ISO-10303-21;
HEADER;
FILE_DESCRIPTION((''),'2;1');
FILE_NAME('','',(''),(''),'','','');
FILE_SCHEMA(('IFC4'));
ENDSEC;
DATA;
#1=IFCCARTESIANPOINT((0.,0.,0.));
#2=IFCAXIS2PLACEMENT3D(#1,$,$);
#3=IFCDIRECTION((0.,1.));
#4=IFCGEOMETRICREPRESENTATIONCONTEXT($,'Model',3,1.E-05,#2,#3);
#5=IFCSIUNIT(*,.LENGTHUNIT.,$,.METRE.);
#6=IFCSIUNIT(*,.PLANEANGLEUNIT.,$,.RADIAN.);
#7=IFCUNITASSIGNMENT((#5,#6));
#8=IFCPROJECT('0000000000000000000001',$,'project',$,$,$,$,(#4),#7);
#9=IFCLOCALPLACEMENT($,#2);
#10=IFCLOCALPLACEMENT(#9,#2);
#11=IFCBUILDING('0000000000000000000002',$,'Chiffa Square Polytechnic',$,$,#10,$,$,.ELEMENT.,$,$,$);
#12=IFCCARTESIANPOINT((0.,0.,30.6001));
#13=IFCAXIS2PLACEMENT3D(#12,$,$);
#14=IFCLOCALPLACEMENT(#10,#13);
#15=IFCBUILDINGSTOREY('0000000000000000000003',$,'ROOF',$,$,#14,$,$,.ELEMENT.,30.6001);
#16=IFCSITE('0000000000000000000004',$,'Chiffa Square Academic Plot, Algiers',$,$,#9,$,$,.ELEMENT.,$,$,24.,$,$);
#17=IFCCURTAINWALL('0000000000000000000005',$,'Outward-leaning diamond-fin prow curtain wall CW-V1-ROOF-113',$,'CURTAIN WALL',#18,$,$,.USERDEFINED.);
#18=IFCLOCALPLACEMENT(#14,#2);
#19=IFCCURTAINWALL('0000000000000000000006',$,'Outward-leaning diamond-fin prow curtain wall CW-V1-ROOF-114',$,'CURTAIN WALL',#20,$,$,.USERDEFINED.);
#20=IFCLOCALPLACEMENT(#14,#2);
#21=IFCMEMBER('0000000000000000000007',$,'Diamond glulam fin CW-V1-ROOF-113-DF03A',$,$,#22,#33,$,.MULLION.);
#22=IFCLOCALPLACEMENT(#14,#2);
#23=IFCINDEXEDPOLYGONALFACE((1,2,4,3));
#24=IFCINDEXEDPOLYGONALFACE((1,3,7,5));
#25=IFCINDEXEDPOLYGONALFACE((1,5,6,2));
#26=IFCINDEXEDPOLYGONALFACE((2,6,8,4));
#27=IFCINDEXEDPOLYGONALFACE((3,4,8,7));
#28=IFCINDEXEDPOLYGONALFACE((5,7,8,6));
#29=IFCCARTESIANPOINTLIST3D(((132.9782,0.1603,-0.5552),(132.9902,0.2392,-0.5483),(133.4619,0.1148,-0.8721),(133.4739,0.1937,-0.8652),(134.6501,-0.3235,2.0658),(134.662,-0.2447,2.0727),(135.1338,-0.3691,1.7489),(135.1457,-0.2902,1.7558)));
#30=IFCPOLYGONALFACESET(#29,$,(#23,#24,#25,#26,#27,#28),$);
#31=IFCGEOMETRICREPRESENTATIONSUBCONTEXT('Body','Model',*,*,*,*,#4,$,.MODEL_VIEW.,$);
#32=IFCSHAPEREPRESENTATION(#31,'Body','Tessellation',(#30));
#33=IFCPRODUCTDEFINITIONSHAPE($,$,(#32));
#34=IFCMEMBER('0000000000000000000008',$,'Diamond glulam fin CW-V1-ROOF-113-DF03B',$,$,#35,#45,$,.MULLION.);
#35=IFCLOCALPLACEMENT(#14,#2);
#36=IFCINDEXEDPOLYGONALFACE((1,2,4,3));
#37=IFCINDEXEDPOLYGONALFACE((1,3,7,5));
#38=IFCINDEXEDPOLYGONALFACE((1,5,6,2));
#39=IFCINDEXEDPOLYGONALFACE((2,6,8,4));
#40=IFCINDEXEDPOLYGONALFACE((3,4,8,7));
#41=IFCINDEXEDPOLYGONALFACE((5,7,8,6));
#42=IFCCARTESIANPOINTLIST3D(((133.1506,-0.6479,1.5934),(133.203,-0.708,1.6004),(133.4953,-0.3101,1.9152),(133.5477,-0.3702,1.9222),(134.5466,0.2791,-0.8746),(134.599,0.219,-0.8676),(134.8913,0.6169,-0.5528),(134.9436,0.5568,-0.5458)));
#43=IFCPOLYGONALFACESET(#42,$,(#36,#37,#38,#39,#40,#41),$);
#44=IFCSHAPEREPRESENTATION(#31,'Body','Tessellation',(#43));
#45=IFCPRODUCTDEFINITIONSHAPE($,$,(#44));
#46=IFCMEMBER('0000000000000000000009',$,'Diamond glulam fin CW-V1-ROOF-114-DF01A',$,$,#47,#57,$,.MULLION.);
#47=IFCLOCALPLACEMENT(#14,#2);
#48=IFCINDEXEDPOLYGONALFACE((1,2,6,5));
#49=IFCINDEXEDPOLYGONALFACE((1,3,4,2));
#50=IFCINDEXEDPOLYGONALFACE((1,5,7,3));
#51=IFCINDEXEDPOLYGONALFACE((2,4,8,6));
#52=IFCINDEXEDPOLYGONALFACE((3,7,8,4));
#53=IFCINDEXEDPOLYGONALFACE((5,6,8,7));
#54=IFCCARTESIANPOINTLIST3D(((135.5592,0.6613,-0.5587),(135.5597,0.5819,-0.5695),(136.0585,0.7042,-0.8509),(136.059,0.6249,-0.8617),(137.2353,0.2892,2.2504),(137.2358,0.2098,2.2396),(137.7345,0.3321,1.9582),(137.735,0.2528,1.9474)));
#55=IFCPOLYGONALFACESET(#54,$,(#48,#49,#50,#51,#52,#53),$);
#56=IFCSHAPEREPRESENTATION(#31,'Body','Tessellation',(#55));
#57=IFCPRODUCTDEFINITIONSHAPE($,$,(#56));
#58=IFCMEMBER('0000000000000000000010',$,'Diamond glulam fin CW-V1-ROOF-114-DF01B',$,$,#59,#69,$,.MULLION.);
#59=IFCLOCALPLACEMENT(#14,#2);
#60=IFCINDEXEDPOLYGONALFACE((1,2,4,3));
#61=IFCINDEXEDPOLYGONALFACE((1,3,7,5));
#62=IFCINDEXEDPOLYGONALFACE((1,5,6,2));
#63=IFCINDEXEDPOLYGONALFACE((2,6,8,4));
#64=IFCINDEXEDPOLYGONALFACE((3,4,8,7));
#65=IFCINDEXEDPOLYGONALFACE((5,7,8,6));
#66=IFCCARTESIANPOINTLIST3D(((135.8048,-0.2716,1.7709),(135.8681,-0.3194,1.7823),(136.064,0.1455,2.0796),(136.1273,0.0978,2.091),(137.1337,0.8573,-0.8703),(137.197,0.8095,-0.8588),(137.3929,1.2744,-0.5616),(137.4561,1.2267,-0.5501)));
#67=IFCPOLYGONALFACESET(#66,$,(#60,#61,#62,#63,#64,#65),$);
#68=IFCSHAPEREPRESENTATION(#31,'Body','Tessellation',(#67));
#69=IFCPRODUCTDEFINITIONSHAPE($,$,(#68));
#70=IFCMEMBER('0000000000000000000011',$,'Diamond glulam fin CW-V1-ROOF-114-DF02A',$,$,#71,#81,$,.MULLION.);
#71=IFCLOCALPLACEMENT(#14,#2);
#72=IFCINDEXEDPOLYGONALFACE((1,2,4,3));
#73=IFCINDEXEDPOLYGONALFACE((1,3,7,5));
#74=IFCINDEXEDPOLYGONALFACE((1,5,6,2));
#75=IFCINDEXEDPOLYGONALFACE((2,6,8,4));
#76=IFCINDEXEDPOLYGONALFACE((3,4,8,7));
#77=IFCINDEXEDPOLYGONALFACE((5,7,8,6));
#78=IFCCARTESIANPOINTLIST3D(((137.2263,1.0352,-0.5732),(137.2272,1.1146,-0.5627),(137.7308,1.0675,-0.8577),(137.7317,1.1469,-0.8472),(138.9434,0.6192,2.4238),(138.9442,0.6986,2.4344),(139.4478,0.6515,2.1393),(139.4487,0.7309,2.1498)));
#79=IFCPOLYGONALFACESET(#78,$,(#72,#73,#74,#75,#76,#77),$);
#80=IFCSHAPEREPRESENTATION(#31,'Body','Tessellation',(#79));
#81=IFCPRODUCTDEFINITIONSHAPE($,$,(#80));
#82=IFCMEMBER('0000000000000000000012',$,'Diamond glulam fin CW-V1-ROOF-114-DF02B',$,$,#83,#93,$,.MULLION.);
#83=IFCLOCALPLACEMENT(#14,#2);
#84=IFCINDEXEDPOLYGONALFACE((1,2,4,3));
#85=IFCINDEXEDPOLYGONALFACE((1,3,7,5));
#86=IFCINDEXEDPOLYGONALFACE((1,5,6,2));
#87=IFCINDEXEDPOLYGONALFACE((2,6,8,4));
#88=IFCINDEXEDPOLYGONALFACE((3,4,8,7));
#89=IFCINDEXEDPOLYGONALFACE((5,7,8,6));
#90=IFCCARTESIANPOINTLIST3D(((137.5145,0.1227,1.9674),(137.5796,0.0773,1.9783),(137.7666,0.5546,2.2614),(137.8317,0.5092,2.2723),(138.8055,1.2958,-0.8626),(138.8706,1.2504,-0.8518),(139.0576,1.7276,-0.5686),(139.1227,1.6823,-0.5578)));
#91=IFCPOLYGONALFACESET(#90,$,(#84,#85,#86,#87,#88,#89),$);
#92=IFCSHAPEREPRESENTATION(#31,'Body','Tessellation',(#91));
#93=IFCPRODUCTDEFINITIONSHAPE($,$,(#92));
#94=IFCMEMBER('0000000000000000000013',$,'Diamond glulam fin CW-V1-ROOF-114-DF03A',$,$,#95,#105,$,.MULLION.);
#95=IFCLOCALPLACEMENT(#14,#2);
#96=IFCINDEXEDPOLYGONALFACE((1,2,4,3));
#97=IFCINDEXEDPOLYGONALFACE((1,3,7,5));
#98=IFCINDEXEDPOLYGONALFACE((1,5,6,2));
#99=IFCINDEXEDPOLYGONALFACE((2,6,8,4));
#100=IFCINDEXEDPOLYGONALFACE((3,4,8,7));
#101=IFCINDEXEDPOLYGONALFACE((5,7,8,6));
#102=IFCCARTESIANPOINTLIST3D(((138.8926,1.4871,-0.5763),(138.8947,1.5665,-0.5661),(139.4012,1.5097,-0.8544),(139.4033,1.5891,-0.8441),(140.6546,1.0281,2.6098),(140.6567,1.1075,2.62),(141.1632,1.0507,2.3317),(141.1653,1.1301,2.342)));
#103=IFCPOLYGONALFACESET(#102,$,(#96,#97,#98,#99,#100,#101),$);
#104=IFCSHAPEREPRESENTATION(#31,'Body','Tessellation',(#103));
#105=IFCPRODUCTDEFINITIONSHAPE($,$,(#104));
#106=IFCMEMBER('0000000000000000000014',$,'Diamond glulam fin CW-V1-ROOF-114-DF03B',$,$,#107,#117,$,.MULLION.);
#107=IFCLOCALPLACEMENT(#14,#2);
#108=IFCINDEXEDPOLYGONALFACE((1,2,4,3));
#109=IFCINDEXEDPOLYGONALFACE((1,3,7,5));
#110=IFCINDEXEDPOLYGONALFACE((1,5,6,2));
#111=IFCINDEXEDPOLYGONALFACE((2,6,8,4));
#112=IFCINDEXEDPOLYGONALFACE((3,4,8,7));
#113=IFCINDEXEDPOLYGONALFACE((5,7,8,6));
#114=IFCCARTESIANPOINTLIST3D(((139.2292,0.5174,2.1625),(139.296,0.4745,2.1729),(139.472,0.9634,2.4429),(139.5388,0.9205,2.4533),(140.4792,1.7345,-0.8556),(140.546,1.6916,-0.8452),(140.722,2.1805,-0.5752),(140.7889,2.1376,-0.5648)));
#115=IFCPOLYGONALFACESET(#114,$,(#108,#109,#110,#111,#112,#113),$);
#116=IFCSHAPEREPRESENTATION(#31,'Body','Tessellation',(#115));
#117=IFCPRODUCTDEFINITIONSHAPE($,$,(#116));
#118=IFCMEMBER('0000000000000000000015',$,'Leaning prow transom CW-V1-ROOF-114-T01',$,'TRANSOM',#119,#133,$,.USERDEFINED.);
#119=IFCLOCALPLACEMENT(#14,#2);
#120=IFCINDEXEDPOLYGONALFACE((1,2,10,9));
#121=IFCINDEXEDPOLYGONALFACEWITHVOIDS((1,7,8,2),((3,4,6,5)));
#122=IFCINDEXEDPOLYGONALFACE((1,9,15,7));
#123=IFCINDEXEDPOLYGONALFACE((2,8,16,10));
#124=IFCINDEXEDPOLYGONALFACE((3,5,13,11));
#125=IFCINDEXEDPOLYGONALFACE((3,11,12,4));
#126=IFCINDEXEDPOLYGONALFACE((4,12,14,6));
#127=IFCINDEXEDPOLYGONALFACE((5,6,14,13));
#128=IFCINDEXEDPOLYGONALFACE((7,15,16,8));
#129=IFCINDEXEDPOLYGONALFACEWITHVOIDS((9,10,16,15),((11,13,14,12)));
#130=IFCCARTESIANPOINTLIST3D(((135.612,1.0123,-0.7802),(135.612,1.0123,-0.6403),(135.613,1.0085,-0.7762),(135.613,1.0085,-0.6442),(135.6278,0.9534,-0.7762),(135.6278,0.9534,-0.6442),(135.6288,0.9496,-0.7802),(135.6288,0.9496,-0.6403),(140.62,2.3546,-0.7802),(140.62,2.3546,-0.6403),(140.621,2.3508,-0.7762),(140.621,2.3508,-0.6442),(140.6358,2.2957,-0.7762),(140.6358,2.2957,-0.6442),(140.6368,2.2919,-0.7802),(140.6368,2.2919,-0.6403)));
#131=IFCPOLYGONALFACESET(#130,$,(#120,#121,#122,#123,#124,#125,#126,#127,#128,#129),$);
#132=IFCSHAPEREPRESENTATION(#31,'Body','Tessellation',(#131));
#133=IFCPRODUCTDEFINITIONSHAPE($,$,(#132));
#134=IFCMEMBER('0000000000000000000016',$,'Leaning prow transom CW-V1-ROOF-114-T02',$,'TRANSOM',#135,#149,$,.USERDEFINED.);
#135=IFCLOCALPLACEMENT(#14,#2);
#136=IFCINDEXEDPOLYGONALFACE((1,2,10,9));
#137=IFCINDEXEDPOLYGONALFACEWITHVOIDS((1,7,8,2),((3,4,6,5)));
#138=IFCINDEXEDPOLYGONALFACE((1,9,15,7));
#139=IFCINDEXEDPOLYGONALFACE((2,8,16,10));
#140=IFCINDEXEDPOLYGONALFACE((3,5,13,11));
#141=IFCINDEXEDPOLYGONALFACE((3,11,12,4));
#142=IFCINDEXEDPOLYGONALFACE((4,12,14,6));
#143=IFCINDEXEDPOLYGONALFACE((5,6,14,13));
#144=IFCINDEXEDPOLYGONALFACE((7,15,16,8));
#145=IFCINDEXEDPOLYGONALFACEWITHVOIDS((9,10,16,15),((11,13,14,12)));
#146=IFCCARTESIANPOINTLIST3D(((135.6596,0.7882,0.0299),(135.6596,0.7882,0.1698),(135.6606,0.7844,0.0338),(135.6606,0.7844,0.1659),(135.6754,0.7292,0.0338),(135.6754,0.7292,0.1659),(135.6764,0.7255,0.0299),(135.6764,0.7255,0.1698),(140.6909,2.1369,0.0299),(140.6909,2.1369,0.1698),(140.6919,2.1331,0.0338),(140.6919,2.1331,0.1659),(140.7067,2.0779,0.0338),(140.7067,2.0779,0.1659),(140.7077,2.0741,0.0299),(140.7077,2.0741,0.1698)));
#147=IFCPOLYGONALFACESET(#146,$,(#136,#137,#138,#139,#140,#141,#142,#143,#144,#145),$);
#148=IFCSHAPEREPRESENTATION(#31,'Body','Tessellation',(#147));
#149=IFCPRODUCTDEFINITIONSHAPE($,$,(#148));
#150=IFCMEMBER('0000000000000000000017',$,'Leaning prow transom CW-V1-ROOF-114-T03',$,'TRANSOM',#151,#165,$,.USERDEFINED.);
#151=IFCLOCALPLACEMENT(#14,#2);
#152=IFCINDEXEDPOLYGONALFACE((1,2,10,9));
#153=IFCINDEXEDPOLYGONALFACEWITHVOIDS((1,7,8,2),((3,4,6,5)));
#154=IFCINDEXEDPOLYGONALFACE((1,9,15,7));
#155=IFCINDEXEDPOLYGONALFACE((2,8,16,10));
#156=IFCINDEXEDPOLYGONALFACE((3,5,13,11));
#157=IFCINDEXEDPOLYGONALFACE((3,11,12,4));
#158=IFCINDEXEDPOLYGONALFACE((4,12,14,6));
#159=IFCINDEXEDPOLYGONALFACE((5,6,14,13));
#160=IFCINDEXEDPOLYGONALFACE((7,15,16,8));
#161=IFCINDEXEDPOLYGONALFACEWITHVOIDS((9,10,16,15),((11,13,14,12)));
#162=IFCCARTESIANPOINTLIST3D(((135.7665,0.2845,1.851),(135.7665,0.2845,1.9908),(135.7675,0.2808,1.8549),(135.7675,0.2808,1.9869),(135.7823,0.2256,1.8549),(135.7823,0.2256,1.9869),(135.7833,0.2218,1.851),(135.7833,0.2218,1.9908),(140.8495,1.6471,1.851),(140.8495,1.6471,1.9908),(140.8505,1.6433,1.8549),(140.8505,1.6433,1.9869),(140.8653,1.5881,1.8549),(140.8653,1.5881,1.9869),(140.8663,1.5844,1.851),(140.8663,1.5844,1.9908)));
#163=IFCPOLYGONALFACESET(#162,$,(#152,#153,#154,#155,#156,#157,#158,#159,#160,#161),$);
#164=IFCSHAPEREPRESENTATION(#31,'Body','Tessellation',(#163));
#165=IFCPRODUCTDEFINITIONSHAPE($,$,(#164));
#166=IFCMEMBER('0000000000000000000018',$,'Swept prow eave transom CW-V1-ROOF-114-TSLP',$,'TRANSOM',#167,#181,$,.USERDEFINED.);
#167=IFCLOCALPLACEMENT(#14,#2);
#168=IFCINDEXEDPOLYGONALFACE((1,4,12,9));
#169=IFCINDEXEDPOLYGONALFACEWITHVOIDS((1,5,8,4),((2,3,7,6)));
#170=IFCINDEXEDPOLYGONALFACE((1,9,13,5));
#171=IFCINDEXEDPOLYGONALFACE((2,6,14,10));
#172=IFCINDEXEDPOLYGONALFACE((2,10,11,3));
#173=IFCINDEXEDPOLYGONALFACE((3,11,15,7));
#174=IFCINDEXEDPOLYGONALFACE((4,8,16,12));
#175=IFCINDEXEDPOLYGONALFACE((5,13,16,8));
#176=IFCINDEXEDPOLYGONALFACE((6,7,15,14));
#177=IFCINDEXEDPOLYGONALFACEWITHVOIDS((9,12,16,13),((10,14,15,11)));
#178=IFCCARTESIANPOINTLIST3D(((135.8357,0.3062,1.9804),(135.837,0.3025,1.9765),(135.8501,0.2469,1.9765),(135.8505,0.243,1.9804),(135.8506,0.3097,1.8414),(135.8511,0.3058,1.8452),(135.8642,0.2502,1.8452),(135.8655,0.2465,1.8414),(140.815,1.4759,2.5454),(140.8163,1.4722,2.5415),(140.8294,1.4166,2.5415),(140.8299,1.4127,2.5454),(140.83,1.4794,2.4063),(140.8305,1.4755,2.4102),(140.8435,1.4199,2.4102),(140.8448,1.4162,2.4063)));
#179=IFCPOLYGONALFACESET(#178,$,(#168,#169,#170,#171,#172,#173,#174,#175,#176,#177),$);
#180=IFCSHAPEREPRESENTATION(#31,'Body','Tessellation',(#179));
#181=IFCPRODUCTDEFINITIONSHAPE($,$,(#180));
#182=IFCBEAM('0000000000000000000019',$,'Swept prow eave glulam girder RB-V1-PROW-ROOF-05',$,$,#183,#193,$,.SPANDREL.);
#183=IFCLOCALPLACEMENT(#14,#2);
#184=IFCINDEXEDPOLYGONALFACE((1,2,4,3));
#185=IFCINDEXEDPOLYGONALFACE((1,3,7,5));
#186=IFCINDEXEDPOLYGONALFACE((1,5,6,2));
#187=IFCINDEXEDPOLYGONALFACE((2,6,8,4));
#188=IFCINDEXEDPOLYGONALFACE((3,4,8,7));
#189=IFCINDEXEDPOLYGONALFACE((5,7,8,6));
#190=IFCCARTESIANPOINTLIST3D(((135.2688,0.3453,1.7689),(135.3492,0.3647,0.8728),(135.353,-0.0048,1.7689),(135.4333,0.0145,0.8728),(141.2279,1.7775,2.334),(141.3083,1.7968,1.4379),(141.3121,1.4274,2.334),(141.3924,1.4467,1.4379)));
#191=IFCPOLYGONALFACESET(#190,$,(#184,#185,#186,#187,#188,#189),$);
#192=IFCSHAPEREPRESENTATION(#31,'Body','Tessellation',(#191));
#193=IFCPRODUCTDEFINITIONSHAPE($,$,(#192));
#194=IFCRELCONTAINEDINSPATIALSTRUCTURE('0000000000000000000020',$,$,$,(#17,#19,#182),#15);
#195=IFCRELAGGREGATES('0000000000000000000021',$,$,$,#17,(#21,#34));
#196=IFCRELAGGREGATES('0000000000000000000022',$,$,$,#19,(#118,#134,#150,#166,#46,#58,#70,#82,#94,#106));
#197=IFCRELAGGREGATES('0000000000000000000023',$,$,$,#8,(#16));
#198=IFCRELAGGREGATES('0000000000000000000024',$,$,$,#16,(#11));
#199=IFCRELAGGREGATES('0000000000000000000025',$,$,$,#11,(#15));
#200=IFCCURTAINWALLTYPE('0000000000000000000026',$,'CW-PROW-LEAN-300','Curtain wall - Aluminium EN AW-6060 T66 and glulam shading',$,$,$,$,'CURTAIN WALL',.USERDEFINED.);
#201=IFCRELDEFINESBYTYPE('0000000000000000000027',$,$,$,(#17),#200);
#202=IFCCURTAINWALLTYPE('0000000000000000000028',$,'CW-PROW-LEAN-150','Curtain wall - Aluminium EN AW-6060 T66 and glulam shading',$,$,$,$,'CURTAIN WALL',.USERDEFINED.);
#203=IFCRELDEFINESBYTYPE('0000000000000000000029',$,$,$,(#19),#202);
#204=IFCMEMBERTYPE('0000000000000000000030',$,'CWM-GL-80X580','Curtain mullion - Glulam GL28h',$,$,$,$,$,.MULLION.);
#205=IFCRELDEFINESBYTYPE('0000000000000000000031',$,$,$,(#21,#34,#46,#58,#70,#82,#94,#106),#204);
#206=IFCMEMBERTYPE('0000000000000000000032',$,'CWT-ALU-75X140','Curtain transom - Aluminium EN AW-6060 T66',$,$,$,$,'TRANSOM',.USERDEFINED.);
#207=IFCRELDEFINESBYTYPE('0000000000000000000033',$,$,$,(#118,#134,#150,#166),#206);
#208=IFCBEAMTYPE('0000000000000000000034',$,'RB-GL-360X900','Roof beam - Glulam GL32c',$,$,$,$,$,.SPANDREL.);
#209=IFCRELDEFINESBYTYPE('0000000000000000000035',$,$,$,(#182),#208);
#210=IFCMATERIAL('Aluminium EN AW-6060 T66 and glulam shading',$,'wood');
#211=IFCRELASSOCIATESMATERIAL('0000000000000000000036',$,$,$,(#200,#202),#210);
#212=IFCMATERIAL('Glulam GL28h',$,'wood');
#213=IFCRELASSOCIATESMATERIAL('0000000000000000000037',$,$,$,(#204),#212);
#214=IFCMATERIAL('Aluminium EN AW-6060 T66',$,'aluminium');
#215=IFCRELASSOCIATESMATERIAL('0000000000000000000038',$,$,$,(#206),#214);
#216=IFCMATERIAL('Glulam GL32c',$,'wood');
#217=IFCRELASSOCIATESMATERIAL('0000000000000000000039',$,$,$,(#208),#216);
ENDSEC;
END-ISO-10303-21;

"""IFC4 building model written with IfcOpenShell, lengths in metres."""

from ifc_helpers import new_model, si_unit, direction, frame, origin, origin_2d, place, context, subcontext, project, spatial, rectangle, hollow_rectangle, extrude, material, material_profile, profile_set, type_object, element, aggregate, save


model = new_model("IFC4")

# Units and contexts
model_context = context("Model", 3, precision=1e-05, world=origin(), true_north=direction((0.0, 1.0)))
body_context = subcontext(model_context, "Body", "Model", "MODEL_VIEW")
ifc_project = project(units=[si_unit("LENGTHUNIT", "METRE"), si_unit("PLANEANGLEUNIT", "RADIAN")], contexts=[model_context])

# Site, building, storey
site_placement = place(None, origin())
site = spatial("IfcSite", under=ifc_project, at=site_placement, Name="Chiffa Square Academic Plot, Algiers", CompositionType="ELEMENT", RefElevation=24.0)
building_placement = place(site_placement, origin())
building = spatial("IfcBuilding", under=site, at=building_placement, Name="Chiffa Square Polytechnic", CompositionType="ELEMENT")
storey_placement = place(building_placement, frame((0.0, 0.0, 30.6001)))
storey = spatial("IfcBuildingStorey", under=building, at=storey_placement, Name="ROOF", CompositionType="ELEMENT", Elevation=30.6001)

# Shared definitions
ifc_material_1 = material(Name="Glulam GL32c", Category="wood")

# Curtain wall
ifc_material_2 = material(Name="Aluminium EN AW-6060 T66 and glulam shading", Category="wood")
curtain_wall_type_1 = type_object("IfcCurtainWallType", Name="CW-PROW-LEAN-300", Description="Curtain wall - Aluminium EN AW-6060 T66 and glulam shading", ElementType="CURTAIN WALL", PredefinedType="USERDEFINED", material=ifc_material_2)
curtain_wall_1_placement = place(storey_placement, origin())
curtain_wall_1 = element("IfcCurtainWall", 1, at=curtain_wall_1_placement, inside=storey, type_object=curtain_wall_type_1, Name="Outward-leaning diamond-fin prow curtain wall CW-V1-ROOF-113", ObjectType="CURTAIN WALL", PredefinedType="USERDEFINED")
ifc_material_3 = material(Name="Aluminium EN AW-6060 T66", Category="aluminium")

# Curtain wall
curtain_wall_type_2 = type_object("IfcCurtainWallType", Name="CW-PROW-LEAN-150", Description="Curtain wall - Aluminium EN AW-6060 T66 and glulam shading", ElementType="CURTAIN WALL", PredefinedType="USERDEFINED", material=ifc_material_2)
curtain_wall_2_placement = place(storey_placement, origin())
curtain_wall_2 = element("IfcCurtainWall", 2, at=curtain_wall_2_placement, inside=storey, type_object=curtain_wall_type_2, Name="Outward-leaning diamond-fin prow curtain wall CW-V1-ROOF-114", ObjectType="CURTAIN WALL", PredefinedType="USERDEFINED")

# Members
ifc_material_4 = material(Name="Glulam GL28h", Category="wood")
ifc_material_profile_1 = material_profile(ifc_material_4, rectangle(XDim=0.0801, YDim=0.5801, at=origin_2d()), Name="GL28h 80x580")
ifc_profile_set_1 = profile_set([ifc_material_profile_1], Name="Glulam GL28h")
member_type_1 = type_object("IfcMemberType", Name="CWM-GL-80X580", Description="Curtain mullion - Glulam GL28h", PredefinedType="MULLION", material=ifc_profile_set_1)
member_1_placement = place(storey_placement, frame((133.2261, 0.177, -0.7102), z_axis=(0.531372, -0.153794, 0.833062), x_axis=(0.149413, 0.984981, 0.086536)))
member_1 = element("IfcMember", 3, at=member_1_placement, type_object=member_type_1, Name="Diamond glulam fin CW-V1-ROOF-113-DF03A", PredefinedType="MULLION", context=body_context, shape_type="SweptSolid", body=[
    extrude(rectangle(XDim=0.0801, YDim=0.5801, at=origin_2d()), origin(), (0.0, 0.0, 1.0), 3.1462),
])
member_2_placement = place(storey_placement, frame((134.7451, 0.418, -0.7102), z_axis=(-0.467959, -0.310745, 0.827316), x_axis=(0.654191, -0.751207, 0.087875)))
member_2 = element("IfcMember", 4, at=member_2_placement, type_object=member_type_1, Name="Diamond glulam fin CW-V1-ROOF-113-DF03B", PredefinedType="MULLION", context=body_context, shape_type="SweptSolid", body=[
    extrude(rectangle(XDim=0.0801, YDim=0.5801, at=origin_2d()), origin(), (0.0, 0.0, 1.0), 2.9832),
])
aggregate(curtain_wall_1, [member_1, member_2])
member_3_placement = place(storey_placement, frame((135.8091, 0.6431, -0.7102), z_axis=(0.509093, -0.113016, 0.853259), x_axis=(-0.006256, 0.99083, 0.134971)))
member_3 = element("IfcMember", 5, at=member_3_placement, type_object=member_type_1, Name="Diamond glulam fin CW-V1-ROOF-114-DF01A", PredefinedType="MULLION", context=body_context, shape_type="SweptSolid", body=[
    extrude(rectangle(XDim=0.0801, YDim=0.5801, at=origin_2d()), origin(), (0.0, 0.0, 1.0), 3.2922),
])
member_4_placement = place(storey_placement, frame((137.2949, 1.042, -0.7102), z_axis=(-0.419891, -0.35671, 0.834536), x_axis=(0.789992, -0.596304, 0.142597)))
member_4 = element("IfcMember", 6, at=member_4_placement, type_object=member_type_1, Name="Diamond glulam fin CW-V1-ROOF-114-DF01B", PredefinedType="MULLION", context=body_context, shape_type="SweptSolid", body=[
    extrude(rectangle(XDim=0.0801, YDim=0.5801, at=origin_2d()), origin(), (0.0, 0.0, 1.0), 3.1648),
])
member_5_placement = place(storey_placement, frame((137.479, 1.0911, -0.7102), z_axis=(0.493539, -0.119578, 0.861464), x_axis=(0.010756, 0.991267, 0.131433)))
member_5 = element("IfcMember", 7, at=member_5_placement, type_object=member_type_1, Name="Diamond glulam fin CW-V1-ROOF-114-DF02A", PredefinedType="MULLION", context=body_context, shape_type="SweptSolid", body=[
    extrude(rectangle(XDim=0.0801, YDim=0.5801, at=origin_2d()), origin(), (0.0, 0.0, 1.0), 3.479),
])
member_6_placement = place(storey_placement, frame((138.9641, 1.489, -0.7102), z_axis=(-0.388335, -0.352865, 0.851283), x_axis=(0.812648, -0.56671, 0.135804)))
member_6 = element("IfcMember", 8, at=member_6_placement, type_object=member_type_1, Name="Diamond glulam fin CW-V1-ROOF-114-DF02B", PredefinedType="MULLION", context=body_context, shape_type="SweptSolid", body=[
    extrude(rectangle(XDim=0.0801, YDim=0.5801, at=origin_2d()), origin(), (0.0, 0.0, 1.0), 3.3245),
])
member_7_placement = place(storey_placement, frame((139.1479, 1.5381, -0.7102), z_axis=(0.480151, -0.125077, 0.868223), x_axis=(0.026038, 0.991378, 0.128419)))
member_7 = element("IfcMember", 9, at=member_7_placement, type_object=member_type_1, Name="Diamond glulam fin CW-V1-ROOF-114-DF03A", PredefinedType="MULLION", context=body_context, shape_type="SweptSolid", body=[
    extrude(rectangle(XDim=0.0801, YDim=0.5801, at=origin_2d()), origin(), (0.0, 0.0, 1.0), 3.6697),
])
member_8_placement = place(storey_placement, frame((140.634, 1.936, -0.7102), z_axis=(-0.358574, -0.349119, 0.86576), x_axis=(0.834375, -0.535761, 0.129528)))
member_8 = element("IfcMember", 10, at=member_8_placement, type_object=member_type_1, Name="Diamond glulam fin CW-V1-ROOF-114-DF03B", PredefinedType="MULLION", context=body_context, shape_type="SweptSolid", body=[
    extrude(rectangle(XDim=0.0801, YDim=0.5801, at=origin_2d()), origin(), (0.0, 0.0, 1.0), 3.4861),
])
ifc_material_profile_2 = material_profile(ifc_material_3, hollow_rectangle(XDim=0.0649, YDim=0.1399, WallThickness=0.0039, at=origin_2d()), Name="ALU 65x140x4")
ifc_profile_set_2 = profile_set([ifc_material_profile_2], Name="Aluminium EN AW-6060 T66")
member_type_2 = type_object("IfcMemberType", Name="CWT-ALU-75X140", Description="Curtain transom - Aluminium EN AW-6060 T66", ElementType="TRANSOM", PredefinedType="USERDEFINED", material=ifc_profile_set_2)
member_9_placement = place(storey_placement, frame((135.6204, 0.981, -0.7102), z_axis=(0.965907, 0.258888, 0.0), x_axis=(-0.258888, 0.965907, 0.0)))
member_9 = element("IfcMember", 11, at=member_9_placement, type_object=member_type_2, Name="Leaning prow transom CW-V1-ROOF-114-T01", ObjectType="TRANSOM", PredefinedType="USERDEFINED", context=body_context, shape_type="SweptSolid", body=[
    extrude(hollow_rectangle(XDim=0.0649, YDim=0.1399, WallThickness=0.0039, at=origin_2d()), origin(), (0.0, 0.0, 1.0), 5.1848),
])
member_10_placement = place(storey_placement, frame((135.668, 0.7568, 0.0999), z_axis=(0.965901, 0.258911, 0.0), x_axis=(-0.258911, 0.965901, 0.0)))
member_10 = element("IfcMember", 12, at=member_10_placement, type_object=member_type_2, Name="Leaning prow transom CW-V1-ROOF-114-T02", ObjectType="TRANSOM", PredefinedType="USERDEFINED", context=body_context, shape_type="SweptSolid", body=[
    extrude(hollow_rectangle(XDim=0.0649, YDim=0.1399, WallThickness=0.0039, at=origin_2d()), origin(), (0.0, 0.0, 1.0), 5.209),
])
member_11_placement = place(storey_placement, frame((135.7749, 0.2532, 1.9209), z_axis=(0.965899, 0.258919, 0.0), x_axis=(-0.258919, 0.965899, 0.0)))
member_11 = element("IfcMember", 13, at=member_11_placement, type_object=member_type_2, Name="Leaning prow transom CW-V1-ROOF-114-T03", ObjectType="TRANSOM", PredefinedType="USERDEFINED", context=body_context, shape_type="SweptSolid", body=[
    extrude(hollow_rectangle(XDim=0.0649, YDim=0.1399, WallThickness=0.0039, at=origin_2d()), origin(), (0.0, 0.0, 1.0), 5.2625),
])
member_12_placement = place(storey_placement, frame((135.8506, 0.2764, 1.9109), z_axis=(0.967616, 0.227303, 0.109785), x_axis=(-0.228685, 0.9735, 0.0)))
member_12 = element("IfcMember", 14, at=member_12_placement, type_object=member_type_2, Name="Swept prow eave transom CW-V1-ROOF-114-TSLP", ObjectType="TRANSOM", PredefinedType="USERDEFINED", context=body_context, shape_type="SweptSolid", body=[
    extrude(hollow_rectangle(XDim=0.0649, YDim=0.1399, WallThickness=0.0039, at=origin_2d()), origin(), (0.0, 0.0, 1.0), 5.146),
])

# Beam
ifc_material_profile_3 = material_profile(ifc_material_1, rectangle(XDim=0.3601, YDim=0.8999, at=origin_2d()), Name="GL32c 360x900")
ifc_profile_set_3 = profile_set([ifc_material_profile_3], Name="Glulam GL32c")
beam_type_1 = type_object("IfcBeamType", Name="RB-GL-360X900", Description="Roof beam - Glulam GL32c", PredefinedType="SPANDREL", material=ifc_profile_set_3)
beam_1_placement = place(storey_placement, frame((135.3511, 0.1799, 1.3208), z_axis=(0.968206, 0.23269, 0.09183), x_axis=(-0.233677, 0.972314, 0.0)))
element("IfcBeam", 15, at=beam_1_placement, inside=storey, type_object=beam_type_1, Name="Swept prow eave glulam girder RB-V1-PROW-ROOF-05", PredefinedType="SPANDREL", context=body_context, shape_type="SweptSolid", body=[
    extrude(rectangle(XDim=0.3601, YDim=0.8999, at=origin_2d()), origin(), (0.0, 0.0, 1.0), 6.1548),
])

aggregate(curtain_wall_2, [member_9, member_10, member_11, member_12, member_3, member_4, member_5, member_6, member_7, member_8])

save(model, "model.ifc")
